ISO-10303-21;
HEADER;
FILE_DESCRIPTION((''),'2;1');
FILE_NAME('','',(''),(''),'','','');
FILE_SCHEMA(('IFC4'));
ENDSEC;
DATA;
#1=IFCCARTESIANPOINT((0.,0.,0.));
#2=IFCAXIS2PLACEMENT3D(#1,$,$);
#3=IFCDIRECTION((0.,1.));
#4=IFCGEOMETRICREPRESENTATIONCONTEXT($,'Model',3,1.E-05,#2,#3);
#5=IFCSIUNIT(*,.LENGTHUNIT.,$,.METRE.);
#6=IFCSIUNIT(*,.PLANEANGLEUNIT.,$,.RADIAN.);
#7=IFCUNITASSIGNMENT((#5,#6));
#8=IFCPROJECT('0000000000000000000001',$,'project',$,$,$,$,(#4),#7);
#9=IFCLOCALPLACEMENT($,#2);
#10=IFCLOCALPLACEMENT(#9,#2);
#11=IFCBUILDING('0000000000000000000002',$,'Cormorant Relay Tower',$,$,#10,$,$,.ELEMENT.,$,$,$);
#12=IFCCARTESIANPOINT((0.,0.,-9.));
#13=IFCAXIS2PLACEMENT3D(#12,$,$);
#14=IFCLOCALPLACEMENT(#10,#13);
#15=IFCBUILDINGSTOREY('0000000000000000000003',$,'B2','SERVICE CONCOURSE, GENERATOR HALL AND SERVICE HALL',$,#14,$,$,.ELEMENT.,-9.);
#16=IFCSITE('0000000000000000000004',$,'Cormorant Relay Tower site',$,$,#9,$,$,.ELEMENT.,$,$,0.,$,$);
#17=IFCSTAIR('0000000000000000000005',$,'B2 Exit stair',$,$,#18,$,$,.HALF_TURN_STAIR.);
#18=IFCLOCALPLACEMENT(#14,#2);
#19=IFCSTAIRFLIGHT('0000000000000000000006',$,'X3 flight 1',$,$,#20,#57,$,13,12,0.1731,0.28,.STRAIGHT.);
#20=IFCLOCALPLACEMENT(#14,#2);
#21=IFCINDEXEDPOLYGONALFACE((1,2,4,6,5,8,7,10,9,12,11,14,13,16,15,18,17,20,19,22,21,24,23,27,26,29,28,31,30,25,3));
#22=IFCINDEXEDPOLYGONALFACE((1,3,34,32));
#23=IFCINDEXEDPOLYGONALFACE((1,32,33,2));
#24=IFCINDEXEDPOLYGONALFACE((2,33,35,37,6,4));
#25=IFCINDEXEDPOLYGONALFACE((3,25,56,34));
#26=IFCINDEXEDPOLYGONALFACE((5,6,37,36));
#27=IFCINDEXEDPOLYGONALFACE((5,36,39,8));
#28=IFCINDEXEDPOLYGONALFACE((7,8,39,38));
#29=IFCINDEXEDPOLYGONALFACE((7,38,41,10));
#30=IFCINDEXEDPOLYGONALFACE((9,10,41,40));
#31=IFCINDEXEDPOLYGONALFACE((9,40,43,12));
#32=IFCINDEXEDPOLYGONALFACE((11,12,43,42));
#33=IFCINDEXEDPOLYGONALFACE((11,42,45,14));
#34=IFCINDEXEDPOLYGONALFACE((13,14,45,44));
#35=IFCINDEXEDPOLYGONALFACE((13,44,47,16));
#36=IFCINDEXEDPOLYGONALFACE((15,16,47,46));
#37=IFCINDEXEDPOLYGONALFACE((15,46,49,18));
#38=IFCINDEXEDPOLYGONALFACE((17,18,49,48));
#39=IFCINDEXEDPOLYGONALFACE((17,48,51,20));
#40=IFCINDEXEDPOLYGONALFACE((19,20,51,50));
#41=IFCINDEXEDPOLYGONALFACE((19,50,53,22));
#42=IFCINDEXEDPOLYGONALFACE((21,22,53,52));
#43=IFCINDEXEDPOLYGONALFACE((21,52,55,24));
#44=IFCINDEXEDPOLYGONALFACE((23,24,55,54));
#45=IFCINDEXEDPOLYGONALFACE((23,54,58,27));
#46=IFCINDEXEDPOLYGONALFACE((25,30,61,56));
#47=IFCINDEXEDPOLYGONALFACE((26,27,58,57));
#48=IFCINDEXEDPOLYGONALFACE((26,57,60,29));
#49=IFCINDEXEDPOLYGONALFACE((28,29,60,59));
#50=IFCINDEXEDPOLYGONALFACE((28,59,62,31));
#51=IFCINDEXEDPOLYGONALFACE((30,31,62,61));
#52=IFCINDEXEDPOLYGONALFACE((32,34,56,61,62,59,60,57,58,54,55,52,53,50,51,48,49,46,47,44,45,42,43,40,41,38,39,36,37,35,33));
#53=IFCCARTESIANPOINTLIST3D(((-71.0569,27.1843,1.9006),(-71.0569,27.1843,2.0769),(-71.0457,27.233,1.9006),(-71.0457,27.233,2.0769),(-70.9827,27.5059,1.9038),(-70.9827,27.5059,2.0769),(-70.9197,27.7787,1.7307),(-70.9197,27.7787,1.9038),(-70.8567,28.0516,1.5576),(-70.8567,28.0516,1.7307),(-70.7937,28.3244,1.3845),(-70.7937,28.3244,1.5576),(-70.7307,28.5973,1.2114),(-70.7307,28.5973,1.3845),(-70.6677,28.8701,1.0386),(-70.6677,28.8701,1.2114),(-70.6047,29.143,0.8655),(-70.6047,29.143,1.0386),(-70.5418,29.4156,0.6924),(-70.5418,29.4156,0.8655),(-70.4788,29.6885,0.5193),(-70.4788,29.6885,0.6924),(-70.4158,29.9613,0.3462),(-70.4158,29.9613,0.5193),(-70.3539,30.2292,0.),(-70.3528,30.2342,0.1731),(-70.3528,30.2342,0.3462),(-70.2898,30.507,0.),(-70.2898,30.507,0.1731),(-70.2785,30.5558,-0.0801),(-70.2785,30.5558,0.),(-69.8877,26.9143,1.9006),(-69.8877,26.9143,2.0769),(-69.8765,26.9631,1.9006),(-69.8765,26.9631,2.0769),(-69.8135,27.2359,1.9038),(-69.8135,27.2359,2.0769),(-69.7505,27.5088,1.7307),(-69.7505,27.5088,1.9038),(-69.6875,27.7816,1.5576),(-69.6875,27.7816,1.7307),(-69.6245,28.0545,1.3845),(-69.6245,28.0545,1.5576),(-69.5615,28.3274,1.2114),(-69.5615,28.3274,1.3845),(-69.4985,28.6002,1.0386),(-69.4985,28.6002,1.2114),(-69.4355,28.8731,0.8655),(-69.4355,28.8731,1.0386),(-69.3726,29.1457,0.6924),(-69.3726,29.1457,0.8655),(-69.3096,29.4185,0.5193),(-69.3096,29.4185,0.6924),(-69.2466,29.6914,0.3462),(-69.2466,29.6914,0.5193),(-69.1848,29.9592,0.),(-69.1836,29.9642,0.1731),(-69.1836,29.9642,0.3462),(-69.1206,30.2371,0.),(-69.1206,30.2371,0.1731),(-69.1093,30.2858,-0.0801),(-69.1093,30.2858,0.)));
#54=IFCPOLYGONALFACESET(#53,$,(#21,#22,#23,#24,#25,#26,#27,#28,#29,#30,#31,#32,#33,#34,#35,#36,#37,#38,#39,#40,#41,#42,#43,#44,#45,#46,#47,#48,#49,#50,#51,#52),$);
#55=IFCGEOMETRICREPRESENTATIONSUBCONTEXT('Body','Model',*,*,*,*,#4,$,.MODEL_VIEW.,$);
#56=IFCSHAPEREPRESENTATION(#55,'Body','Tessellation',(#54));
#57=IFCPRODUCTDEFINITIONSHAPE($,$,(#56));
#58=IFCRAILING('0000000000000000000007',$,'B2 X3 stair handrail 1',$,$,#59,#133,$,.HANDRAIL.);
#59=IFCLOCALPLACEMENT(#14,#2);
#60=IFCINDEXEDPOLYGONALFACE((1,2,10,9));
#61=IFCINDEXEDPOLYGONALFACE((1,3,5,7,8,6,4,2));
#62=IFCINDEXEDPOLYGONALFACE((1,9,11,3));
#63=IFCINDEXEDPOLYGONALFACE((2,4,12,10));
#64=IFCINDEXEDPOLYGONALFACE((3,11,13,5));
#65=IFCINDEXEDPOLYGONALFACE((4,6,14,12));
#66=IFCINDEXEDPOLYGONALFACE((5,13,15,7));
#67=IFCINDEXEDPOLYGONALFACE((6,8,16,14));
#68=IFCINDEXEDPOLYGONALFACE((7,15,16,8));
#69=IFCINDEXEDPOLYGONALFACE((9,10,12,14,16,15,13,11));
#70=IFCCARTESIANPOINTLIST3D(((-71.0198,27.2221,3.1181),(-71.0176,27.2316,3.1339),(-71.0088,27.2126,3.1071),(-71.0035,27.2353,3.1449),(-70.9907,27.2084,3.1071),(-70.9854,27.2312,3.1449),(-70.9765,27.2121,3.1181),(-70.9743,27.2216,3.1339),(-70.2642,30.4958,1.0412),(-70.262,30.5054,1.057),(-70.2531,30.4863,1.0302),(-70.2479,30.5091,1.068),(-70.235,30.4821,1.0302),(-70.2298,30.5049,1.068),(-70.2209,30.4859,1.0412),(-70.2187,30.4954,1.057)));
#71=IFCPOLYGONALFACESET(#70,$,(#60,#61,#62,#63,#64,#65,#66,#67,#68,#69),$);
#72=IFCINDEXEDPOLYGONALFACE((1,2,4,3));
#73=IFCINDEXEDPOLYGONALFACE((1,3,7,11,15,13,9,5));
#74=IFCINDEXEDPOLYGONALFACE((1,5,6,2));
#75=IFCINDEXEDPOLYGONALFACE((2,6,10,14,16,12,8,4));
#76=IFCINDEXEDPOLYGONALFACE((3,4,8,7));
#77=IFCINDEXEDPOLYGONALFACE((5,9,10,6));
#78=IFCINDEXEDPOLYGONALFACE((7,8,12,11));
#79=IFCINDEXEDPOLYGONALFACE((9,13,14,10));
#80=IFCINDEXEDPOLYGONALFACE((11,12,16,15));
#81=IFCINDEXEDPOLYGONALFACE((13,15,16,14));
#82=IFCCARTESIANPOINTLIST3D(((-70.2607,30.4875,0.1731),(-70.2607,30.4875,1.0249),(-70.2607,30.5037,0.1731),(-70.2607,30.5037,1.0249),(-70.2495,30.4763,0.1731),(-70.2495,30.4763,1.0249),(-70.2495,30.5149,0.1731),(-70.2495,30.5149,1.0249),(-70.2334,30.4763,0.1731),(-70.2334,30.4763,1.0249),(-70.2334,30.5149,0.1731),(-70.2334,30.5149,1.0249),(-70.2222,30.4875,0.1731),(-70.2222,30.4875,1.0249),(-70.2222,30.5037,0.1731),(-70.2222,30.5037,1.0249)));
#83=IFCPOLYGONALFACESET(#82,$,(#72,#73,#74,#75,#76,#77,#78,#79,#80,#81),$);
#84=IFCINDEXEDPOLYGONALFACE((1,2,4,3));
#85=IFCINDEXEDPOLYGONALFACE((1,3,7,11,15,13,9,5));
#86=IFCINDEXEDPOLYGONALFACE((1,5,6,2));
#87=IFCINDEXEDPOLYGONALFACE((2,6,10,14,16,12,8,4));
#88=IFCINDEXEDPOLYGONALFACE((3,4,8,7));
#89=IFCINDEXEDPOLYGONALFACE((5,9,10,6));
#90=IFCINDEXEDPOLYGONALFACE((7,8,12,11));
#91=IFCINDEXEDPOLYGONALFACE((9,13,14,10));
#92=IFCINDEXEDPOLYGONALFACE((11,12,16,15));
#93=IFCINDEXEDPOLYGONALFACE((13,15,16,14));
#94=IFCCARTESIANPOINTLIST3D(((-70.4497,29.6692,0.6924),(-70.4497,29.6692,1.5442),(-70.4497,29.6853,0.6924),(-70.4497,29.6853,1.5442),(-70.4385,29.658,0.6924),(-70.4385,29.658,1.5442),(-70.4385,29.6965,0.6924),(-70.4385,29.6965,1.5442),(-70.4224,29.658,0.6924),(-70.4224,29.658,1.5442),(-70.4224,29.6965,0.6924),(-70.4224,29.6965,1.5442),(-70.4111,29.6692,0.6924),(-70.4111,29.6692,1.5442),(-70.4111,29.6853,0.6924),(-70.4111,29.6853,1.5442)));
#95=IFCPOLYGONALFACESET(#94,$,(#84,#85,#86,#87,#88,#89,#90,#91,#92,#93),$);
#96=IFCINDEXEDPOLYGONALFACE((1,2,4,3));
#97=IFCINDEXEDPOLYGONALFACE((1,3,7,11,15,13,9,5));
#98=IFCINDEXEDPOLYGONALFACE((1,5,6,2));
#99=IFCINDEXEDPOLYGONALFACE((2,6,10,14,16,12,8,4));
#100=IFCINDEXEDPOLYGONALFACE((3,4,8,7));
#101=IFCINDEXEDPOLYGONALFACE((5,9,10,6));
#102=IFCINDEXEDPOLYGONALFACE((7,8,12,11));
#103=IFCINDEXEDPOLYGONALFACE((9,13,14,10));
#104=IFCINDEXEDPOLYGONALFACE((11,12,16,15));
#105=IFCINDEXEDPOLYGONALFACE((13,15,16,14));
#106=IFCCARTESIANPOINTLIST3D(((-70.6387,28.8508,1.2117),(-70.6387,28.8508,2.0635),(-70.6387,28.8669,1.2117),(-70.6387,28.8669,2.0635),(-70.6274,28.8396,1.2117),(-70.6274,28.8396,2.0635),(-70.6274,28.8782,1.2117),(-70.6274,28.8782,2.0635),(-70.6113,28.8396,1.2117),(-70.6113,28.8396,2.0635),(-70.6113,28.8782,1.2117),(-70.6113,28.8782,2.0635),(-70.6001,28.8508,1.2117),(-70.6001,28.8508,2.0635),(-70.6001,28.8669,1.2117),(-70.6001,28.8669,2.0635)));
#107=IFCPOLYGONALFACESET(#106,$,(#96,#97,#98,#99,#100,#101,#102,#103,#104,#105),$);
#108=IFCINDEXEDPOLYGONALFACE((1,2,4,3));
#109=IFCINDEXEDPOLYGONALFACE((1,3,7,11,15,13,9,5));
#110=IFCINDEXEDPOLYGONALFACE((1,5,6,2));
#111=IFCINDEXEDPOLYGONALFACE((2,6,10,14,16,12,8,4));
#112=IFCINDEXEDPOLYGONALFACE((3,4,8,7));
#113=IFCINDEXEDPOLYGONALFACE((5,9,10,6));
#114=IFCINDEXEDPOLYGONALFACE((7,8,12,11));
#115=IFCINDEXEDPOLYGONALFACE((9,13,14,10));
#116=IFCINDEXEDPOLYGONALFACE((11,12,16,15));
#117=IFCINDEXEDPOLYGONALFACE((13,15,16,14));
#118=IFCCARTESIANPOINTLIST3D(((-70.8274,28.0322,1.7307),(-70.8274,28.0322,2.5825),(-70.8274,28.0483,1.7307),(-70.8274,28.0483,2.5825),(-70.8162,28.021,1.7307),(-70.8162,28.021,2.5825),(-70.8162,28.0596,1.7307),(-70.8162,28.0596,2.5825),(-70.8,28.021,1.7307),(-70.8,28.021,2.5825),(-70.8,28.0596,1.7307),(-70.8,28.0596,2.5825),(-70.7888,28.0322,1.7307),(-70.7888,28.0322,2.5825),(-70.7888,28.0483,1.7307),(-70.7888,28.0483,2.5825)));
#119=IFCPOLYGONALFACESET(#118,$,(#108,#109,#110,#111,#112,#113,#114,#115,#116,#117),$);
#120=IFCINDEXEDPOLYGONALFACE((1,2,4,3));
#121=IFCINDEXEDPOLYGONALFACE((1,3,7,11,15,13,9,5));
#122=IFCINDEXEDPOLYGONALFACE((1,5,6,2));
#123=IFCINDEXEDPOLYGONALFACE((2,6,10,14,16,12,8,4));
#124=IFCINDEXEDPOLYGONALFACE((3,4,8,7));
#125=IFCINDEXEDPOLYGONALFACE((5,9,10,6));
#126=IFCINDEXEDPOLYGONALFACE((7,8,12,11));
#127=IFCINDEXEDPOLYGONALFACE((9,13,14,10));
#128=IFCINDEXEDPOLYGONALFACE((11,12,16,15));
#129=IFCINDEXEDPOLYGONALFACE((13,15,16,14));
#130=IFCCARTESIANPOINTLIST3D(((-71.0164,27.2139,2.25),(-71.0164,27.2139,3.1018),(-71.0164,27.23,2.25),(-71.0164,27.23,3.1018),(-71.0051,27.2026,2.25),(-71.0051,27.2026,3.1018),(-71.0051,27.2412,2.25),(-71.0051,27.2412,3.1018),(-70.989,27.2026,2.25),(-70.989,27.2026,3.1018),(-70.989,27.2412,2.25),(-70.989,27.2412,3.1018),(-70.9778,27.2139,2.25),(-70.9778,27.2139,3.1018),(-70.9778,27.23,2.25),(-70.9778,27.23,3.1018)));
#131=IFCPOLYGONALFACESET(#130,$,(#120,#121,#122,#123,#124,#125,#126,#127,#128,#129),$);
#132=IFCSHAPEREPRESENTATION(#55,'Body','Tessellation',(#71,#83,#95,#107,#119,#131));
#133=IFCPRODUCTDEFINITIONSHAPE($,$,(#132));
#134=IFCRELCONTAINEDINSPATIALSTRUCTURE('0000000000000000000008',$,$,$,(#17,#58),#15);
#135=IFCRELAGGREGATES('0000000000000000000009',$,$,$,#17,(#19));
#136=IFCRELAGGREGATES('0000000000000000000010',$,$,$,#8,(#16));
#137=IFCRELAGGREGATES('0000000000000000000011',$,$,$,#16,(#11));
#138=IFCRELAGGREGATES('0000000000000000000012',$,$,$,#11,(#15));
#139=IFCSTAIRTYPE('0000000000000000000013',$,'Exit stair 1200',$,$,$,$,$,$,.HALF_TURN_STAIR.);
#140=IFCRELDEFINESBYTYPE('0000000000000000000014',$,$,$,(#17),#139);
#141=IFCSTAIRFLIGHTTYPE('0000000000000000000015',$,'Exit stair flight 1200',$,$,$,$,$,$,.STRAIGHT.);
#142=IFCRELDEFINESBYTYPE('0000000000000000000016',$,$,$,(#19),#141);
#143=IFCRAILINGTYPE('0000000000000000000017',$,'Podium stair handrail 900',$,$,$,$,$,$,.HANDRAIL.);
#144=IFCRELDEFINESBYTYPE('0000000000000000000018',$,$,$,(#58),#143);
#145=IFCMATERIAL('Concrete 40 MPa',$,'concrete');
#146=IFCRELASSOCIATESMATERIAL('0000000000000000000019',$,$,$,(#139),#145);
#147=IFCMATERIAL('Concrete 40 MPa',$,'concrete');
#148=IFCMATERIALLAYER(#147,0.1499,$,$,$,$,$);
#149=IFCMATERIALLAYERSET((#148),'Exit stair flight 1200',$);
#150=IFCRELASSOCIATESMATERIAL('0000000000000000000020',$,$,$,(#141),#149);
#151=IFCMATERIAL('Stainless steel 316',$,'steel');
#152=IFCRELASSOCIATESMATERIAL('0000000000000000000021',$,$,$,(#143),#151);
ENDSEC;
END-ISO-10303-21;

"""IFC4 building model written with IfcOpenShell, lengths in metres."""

from ifc_helpers import new_model, si_unit, direction, frame, origin, place, context, subcontext, project, spatial, polyline, outline, extrude, material, layer, layer_set, type_object, element, aggregate, save


model = new_model("IFC4")

# Units and contexts
model_context = context("Model", 3, precision=1e-05, world=origin(), true_north=direction((0.0, 1.0)))
body_context = subcontext(model_context, "Body", "Model", "MODEL_VIEW")
ifc_project = project(units=[si_unit("LENGTHUNIT", "METRE"), si_unit("PLANEANGLEUNIT", "RADIAN")], contexts=[model_context])

# Site, building, storey
site_placement = place(None, origin())
site = spatial("IfcSite", under=ifc_project, at=site_placement, Name="Cormorant Relay Tower site", CompositionType="ELEMENT", RefElevation=0.0)
building_placement = place(site_placement, origin())
building = spatial("IfcBuilding", under=site, at=building_placement, Name="Cormorant Relay Tower", CompositionType="ELEMENT")
storey_placement = place(building_placement, frame((0.0, 0.0, -9.0)))
storey = spatial("IfcBuildingStorey", under=building, at=storey_placement, Name="B2", Description="SERVICE CONCOURSE, GENERATOR HALL AND SERVICE HALL", CompositionType="ELEMENT", Elevation=-9.0)

# Stair, stair flight
ifc_material_1 = material(Name="Concrete 40 MPa", Category="concrete")
stair_type = type_object("IfcStairType", Name="Exit stair 1200", PredefinedType="HALF_TURN_STAIR", material=ifc_material_1)
stair_placement = place(storey_placement, origin())
stair = element("IfcStair", 1, at=stair_placement, inside=storey, type_object=stair_type, Name="B2 Exit stair", PredefinedType="HALF_TURN_STAIR")
ifc_material_2 = material(Name="Concrete 40 MPa", Category="concrete")
ifc_layer_1 = layer(ifc_material_2, 0.1499)
ifc_layer_set_1 = layer_set([ifc_layer_1], Name="Exit stair flight 1200")
stair_flight_type = type_object("IfcStairFlightType", Name="Exit stair flight 1200", PredefinedType="STRAIGHT", material=ifc_layer_set_1)
stair_flight_placement = place(storey_placement, frame((-69.7053, 30.3721, 0.0), z_axis=(0.0, 0.0, 1.0), x_axis=(-0.224951, -0.97437, 0.0)))
stair_flight = element("IfcStairFlight", 2, at=stair_flight_placement, type_object=stair_flight_type, Name="X3 flight 1", NumberOfRisers=13, NumberOfTreads=12, PredefinedType="STRAIGHT", RiserHeight=0.1731, TreadLength=0.28, context=body_context, shape_type="SweptSolid", body=[
    extrude(outline(polyline([(-0.05, -0.0801), (-0.05, 0.0), (0.0, 0.0), (0.0, 0.1731), (0.28, 0.1731), (0.28, 0.3462), (0.5601, 0.3462), (0.5601, 0.5193), (0.8401, 0.5193), (0.8401, 0.6924), (1.1201, 0.6924), (1.1201, 0.8655), (1.3999, 0.8655), (1.3999, 1.0386), (1.6799, 1.0386), (1.6799, 1.2114), (1.96, 1.2114), (1.96, 1.3845), (2.24, 1.3845), (2.24, 1.5576), (2.52, 1.5576), (2.52, 1.7307), (2.8, 1.7307), (2.8, 1.9038), (3.0801, 1.9038), (3.0801, 2.0769), (3.3601, 2.0769), (3.4102, 2.0769), (3.4102, 1.9006), (3.3601, 1.9006), (0.2852, 0.0), (-0.05, -0.0801)])), frame((0.0, 0.6001, 0.0), z_axis=(0.0, -1.0, 0.0), x_axis=(1.0, 0.0, 0.0)), (0.0, 0.0, 1.0), 1.2),
])
aggregate(stair, [stair_flight])

# Railing
ifc_material_3 = material(Name="Stainless steel 316", Category="steel")
railing_type = type_object("IfcRailingType", Name="Podium stair handrail 900", PredefinedType="HANDRAIL", material=ifc_material_3)
railing_placement = place(storey_placement, frame((-70.2415, 30.4956, 0.1731)))
element("IfcRailing", 3, at=railing_placement, inside=storey, type_object=railing_type, Name="B2 X3 stair handrail 1", PredefinedType="HANDRAIL", context=body_context, shape_type="SweptSolid", body=[
    extrude(outline(polyline([(0.0222, 0.0093), (0.0093, 0.0222), (-0.0093, 0.0222), (-0.0222, 0.0093), (-0.0222, -0.0093), (-0.0093, -0.0222), (0.0093, -0.0222), (0.0222, -0.0093), (0.0222, 0.0093)])), frame((0.0, 0.0, 0.876), z_axis=(-0.191301, -0.828807, 0.525816), x_axis=(0.974381, -0.224902, 0.0)), (0.0, 0.0, 1.0), 3.95),
    extrude(outline(polyline([(0.0193, 0.0081), (0.0081, 0.0193), (-0.0081, 0.0193), (-0.0193, 0.0081), (-0.0193, -0.0081), (-0.0081, -0.0193), (0.0081, -0.0193), (0.0193, -0.0081), (0.0193, 0.0081)])), origin(), (0.0, 0.0, 1.0), 0.8518),
    extrude(outline(polyline([(0.0193, 0.0081), (0.0081, 0.0193), (-0.0081, 0.0193), (-0.0193, 0.0081), (-0.0193, -0.0081), (-0.0081, -0.0193), (0.0081, -0.0193), (0.0193, -0.0081), (0.0193, 0.0081)])), frame((-0.189, -0.8184, 0.5193)), (0.0, 0.0, 1.0), 0.8518),
    extrude(outline(polyline([(0.0193, 0.0081), (0.0081, 0.0193), (-0.0081, 0.0193), (-0.0193, 0.0081), (-0.0193, -0.0081), (-0.0081, -0.0193), (0.0081, -0.0193), (0.0193, -0.0081), (0.0193, 0.0081)])), frame((-0.3779, -1.6367, 1.0386)), (0.0, 0.0, 1.0), 0.8518),
    extrude(outline(polyline([(0.0193, 0.0081), (0.0081, 0.0193), (-0.0081, 0.0193), (-0.0193, 0.0081), (-0.0193, -0.0081), (-0.0081, -0.0193), (0.0081, -0.0193), (0.0193, -0.0081), (0.0193, 0.0081)])), frame((-0.5667, -2.4553, 1.5576)), (0.0, 0.0, 1.0), 0.8518),
    extrude(outline(polyline([(0.0193, 0.0081), (0.0081, 0.0193), (-0.0081, 0.0193), (-0.0193, 0.0081), (-0.0193, -0.0081), (-0.0081, -0.0193), (0.0081, -0.0193), (0.0193, -0.0081), (0.0193, 0.0081)])), frame((-0.7556, -3.2737, 2.0769)), (0.0, 0.0, 1.0), 0.8518),
])

save(model, "model.ifc")
